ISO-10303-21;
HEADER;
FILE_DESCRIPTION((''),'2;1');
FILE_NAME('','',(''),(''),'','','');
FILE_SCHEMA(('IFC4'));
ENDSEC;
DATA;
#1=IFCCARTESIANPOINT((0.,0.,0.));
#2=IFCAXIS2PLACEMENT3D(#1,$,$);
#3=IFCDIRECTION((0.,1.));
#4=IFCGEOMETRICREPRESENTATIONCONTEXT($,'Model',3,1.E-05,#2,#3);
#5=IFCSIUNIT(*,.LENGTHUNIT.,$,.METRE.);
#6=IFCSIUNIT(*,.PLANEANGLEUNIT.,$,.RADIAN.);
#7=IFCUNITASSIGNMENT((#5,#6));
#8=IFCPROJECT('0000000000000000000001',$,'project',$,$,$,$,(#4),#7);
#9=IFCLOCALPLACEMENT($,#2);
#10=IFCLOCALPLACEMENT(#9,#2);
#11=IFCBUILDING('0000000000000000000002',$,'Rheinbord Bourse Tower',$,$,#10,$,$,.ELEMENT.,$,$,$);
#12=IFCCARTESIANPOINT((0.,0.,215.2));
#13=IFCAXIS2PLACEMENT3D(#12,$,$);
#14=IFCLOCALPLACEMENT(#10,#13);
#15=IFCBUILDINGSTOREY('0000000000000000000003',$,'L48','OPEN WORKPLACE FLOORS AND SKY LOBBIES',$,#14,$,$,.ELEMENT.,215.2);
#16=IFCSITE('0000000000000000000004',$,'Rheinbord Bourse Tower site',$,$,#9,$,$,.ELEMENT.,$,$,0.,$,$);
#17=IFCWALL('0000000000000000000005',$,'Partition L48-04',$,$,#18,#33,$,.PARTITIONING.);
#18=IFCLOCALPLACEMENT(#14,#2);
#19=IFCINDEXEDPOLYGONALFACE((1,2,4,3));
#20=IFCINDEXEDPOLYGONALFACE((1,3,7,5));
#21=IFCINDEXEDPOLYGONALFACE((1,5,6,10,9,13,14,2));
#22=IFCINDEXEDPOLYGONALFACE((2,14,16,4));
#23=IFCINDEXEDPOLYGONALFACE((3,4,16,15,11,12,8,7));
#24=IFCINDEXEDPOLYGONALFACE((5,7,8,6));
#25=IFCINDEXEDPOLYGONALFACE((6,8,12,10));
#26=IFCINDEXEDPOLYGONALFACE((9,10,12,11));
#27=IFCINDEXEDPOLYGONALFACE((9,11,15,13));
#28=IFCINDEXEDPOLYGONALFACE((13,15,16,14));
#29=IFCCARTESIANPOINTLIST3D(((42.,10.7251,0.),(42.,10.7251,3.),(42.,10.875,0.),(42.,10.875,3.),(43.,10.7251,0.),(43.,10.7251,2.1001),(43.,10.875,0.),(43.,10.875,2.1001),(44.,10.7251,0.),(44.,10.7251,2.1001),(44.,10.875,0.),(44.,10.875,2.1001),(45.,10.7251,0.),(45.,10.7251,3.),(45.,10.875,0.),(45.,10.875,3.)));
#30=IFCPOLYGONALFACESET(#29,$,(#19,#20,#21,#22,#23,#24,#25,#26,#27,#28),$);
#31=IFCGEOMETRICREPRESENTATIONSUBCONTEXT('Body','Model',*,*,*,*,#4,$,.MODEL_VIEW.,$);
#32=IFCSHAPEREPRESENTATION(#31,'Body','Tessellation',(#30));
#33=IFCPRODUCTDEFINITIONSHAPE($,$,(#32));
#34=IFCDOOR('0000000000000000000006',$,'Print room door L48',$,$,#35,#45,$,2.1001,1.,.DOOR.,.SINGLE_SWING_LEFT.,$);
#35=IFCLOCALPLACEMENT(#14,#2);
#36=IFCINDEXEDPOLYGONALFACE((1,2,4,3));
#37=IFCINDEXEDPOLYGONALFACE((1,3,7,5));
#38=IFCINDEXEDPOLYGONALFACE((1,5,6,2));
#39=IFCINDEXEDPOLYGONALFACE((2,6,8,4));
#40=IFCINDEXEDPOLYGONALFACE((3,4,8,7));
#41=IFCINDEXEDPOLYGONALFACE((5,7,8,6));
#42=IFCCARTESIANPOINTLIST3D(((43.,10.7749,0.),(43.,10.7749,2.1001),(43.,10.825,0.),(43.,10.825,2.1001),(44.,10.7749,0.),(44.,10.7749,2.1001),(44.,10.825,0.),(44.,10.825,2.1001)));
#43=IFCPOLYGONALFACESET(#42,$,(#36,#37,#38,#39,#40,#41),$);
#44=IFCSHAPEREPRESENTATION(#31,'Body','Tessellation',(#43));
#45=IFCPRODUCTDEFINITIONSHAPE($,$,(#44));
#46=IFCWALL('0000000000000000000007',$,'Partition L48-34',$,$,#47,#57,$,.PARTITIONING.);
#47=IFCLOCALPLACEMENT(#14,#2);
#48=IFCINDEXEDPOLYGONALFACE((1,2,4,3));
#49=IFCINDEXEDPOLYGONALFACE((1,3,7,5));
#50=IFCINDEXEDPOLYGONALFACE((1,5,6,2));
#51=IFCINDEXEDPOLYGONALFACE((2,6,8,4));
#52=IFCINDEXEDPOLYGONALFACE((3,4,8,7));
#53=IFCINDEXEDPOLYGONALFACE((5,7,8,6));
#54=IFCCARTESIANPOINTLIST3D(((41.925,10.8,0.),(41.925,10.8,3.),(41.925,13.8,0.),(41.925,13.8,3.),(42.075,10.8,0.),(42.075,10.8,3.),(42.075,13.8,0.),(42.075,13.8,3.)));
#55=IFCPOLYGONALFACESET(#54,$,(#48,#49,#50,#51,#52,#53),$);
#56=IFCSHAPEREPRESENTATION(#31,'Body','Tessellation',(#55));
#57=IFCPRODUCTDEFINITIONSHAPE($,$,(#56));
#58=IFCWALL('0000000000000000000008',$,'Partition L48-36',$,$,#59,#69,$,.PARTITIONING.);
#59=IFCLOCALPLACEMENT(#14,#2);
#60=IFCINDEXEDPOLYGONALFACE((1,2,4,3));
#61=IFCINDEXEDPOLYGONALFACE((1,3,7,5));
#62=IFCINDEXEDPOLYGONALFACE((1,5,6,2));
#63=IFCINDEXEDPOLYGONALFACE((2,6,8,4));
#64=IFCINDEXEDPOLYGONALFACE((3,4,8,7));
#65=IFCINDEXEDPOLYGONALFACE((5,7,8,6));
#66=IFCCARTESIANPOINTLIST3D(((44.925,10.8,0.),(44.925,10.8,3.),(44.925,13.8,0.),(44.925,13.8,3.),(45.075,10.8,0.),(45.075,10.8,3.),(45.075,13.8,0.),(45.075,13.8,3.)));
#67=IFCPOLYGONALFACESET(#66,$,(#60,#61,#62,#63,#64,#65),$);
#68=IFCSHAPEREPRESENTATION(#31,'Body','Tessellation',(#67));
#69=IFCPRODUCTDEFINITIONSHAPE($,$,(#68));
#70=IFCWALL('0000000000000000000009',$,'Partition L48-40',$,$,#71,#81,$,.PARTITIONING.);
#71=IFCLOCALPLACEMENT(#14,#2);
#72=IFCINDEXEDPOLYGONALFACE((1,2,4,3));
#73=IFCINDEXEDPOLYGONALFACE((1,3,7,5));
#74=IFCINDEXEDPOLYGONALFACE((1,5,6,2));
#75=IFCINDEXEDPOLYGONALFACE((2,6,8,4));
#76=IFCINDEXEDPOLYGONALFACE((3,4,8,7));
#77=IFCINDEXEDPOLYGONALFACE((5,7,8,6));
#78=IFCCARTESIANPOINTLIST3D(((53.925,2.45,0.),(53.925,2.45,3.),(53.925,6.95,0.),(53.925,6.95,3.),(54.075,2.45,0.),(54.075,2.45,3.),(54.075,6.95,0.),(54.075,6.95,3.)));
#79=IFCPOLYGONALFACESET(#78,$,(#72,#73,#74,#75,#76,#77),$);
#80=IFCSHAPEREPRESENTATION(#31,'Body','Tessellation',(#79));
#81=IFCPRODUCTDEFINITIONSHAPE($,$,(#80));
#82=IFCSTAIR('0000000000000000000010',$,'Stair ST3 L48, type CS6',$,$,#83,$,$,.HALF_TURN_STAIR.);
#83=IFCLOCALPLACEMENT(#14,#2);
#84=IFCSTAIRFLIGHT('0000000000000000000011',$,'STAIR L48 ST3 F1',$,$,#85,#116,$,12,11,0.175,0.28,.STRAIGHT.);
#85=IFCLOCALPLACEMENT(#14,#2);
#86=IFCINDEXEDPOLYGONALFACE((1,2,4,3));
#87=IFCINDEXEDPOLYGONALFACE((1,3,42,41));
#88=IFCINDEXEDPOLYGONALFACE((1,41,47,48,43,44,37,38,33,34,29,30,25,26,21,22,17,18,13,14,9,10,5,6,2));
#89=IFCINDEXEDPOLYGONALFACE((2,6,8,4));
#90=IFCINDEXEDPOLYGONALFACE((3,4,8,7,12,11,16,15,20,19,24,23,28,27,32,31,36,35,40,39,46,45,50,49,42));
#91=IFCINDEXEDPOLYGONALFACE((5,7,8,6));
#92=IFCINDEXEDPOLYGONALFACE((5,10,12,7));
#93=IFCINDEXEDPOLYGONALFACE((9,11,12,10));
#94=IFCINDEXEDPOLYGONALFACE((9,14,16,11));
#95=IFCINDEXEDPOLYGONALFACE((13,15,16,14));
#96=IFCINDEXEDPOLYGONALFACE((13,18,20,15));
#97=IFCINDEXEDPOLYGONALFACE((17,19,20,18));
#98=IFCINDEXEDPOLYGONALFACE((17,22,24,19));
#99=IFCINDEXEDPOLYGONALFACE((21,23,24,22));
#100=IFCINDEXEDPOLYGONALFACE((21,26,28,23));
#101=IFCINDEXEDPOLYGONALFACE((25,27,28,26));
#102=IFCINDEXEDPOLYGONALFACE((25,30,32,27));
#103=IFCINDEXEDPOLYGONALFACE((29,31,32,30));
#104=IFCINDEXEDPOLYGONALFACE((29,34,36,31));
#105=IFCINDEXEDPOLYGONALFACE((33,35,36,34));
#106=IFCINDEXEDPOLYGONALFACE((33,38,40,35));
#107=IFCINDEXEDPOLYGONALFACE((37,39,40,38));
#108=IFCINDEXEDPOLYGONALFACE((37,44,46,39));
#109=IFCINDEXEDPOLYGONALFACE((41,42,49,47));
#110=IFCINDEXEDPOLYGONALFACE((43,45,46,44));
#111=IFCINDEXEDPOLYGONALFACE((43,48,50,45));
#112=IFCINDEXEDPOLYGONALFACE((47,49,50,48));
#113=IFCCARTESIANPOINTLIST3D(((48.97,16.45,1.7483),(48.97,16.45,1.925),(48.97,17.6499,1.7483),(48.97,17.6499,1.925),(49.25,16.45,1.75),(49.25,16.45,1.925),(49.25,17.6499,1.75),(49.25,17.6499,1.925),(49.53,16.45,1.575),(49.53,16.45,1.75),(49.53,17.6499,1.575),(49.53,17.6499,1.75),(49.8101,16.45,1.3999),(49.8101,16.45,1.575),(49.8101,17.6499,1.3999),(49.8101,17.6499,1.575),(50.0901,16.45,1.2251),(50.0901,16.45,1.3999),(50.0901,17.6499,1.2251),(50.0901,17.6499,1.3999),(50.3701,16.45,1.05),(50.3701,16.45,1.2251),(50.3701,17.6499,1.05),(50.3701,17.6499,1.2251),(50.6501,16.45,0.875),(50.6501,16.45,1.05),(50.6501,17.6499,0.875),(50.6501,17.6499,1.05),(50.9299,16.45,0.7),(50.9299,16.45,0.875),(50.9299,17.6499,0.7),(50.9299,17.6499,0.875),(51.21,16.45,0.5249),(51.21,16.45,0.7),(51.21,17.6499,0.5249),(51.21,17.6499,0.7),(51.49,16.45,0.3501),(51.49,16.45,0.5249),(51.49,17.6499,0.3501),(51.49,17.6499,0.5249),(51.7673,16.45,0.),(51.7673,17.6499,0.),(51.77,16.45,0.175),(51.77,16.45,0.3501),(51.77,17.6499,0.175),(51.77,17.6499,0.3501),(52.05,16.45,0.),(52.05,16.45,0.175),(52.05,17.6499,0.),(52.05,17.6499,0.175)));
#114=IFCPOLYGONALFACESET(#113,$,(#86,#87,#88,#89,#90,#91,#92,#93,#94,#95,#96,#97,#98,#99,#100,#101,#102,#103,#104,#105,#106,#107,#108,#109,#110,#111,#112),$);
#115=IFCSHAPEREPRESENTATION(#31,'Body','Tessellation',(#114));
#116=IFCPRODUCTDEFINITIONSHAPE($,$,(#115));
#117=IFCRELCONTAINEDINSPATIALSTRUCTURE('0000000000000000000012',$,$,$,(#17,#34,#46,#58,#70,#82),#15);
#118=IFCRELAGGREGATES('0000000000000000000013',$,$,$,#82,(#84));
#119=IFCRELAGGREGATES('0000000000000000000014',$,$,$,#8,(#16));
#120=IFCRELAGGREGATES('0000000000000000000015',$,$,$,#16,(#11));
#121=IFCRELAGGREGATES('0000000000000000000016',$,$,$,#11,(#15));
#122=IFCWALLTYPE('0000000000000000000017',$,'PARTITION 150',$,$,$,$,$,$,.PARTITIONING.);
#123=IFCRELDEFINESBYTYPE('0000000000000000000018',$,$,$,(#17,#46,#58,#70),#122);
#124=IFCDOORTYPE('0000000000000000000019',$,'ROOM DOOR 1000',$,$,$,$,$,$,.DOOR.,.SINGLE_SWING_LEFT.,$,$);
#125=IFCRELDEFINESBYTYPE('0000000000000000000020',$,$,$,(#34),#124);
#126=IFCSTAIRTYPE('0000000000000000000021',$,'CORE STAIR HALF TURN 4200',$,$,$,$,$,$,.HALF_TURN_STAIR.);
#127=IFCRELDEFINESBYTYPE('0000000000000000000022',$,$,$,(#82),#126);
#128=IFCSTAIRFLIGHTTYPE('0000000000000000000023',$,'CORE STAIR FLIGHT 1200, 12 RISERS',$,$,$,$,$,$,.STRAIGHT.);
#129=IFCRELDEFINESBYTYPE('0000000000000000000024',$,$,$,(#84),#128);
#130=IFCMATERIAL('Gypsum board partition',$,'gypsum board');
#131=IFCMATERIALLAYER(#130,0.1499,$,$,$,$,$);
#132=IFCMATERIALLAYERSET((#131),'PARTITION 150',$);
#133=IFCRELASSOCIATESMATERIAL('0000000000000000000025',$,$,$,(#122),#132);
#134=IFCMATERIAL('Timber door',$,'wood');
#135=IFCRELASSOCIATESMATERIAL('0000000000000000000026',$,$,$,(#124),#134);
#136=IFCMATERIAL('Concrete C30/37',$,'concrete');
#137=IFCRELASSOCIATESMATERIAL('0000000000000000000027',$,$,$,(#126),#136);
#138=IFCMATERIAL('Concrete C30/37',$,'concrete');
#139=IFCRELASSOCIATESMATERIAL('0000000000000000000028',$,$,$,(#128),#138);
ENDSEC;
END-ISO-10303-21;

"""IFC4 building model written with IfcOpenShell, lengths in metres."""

from ifc_helpers import new_model, si_unit, direction, frame, frame_2d, origin, place, context, subcontext, project, spatial, polyline, rectangle, outline, extrude, material, layer, layer_set, type_object, element, fill, aggregate, save


model = new_model("IFC4")

# Units and contexts
model_context = context("Model", 3, precision=1e-05, world=origin(), true_north=direction((0.0, 1.0)))
body_context = subcontext(model_context, "Body", "Model", "MODEL_VIEW")
ifc_project = project(units=[si_unit("LENGTHUNIT", "METRE"), si_unit("PLANEANGLEUNIT", "RADIAN")], contexts=[model_context])

# Site, building, storey
site_placement = place(None, origin())
site = spatial("IfcSite", under=ifc_project, at=site_placement, Name="Rheinbord Bourse Tower site", CompositionType="ELEMENT", RefElevation=0.0)
building_placement = place(site_placement, origin())
building = spatial("IfcBuilding", under=site, at=building_placement, Name="Rheinbord Bourse Tower", CompositionType="ELEMENT")
storey_placement = place(building_placement, frame((0.0, 0.0, 215.2)))
storey = spatial("IfcBuildingStorey", under=building, at=storey_placement, Name="L48", Description="OPEN WORKPLACE FLOORS AND SKY LOBBIES", CompositionType="ELEMENT", Elevation=215.2)

# Wall, opening, door
ifc_material_1 = material(Name="Gypsum board partition", Category="gypsum board")
ifc_layer_1 = layer(ifc_material_1, 0.1499)
ifc_layer_set_1 = layer_set([ifc_layer_1], Name="PARTITION 150")
wall_type_1 = type_object("IfcWallType", Name="PARTITION 150", PredefinedType="PARTITIONING", material=ifc_layer_set_1)
wall_1_placement = place(storey_placement, frame((42.0, 10.8, 0.0), z_axis=(0.0, 0.0, 1.0), x_axis=(1.0, 0.0, 0.0)))
wall_1 = element("IfcWall", 1, at=wall_1_placement, inside=storey, type_object=wall_type_1, Name="Partition L48-04", PredefinedType="PARTITIONING", context=body_context, shape_type="SweptSolid", body=[
    extrude(rectangle(XDim=3.0, YDim=0.1499, at=frame_2d((1.5, 0.0))), origin(), (0.0, 0.0, 1.0), 3.0),
])
opening_1_placement = place(wall_1_placement, frame((1.0, 0.0, 0.0)))
opening_1 = element("IfcOpeningElement", 2, at=opening_1_placement, cuts=wall_1, PredefinedType="OPENING", context=body_context, shape_type="SweptSolid", body=[
    extrude(rectangle(XDim=1.0, YDim=2.1001, at=frame_2d((0.5, 1.05))), frame((0.0, 0.085, 0.0), z_axis=(0.0, -1.0, 0.0), x_axis=(1.0, 0.0, 0.0)), (0.0, 0.0, 1.0), 0.1699),
])
ifc_material_2 = material(Name="Timber door", Category="wood")
door_type_1 = type_object("IfcDoorType", Name="ROOM DOOR 1000", OperationType="SINGLE_SWING_LEFT", PredefinedType="DOOR", material=ifc_material_2)
door_1_placement = place(opening_1_placement, origin())
door_1 = element("IfcDoor", 3, at=door_1_placement, inside=storey, type_object=door_type_1, Name="Print room door L48", OperationType="SINGLE_SWING_LEFT", OverallHeight=2.1001, OverallWidth=1.0, PredefinedType="DOOR", context=body_context, shape_type="SweptSolid", body=[
    extrude(rectangle(XDim=1.0, YDim=2.1001, at=frame_2d((0.5, 1.05))), frame((0.0, 0.0249, 0.0), z_axis=(0.0, -1.0, 0.0), x_axis=(1.0, 0.0, 0.0)), (0.0, 0.0, 1.0), 0.05),
])
fill(opening_1, door_1)

# Walls
for number, where, z_axis, x_axis, name in (
    (4, (42.0, 10.8, 0.0), (0.0, 0.0, 1.0), (0.0, 1.0, 0.0), "Partition L48-34"),
    (5, (45.0, 10.8, 0.0), (0.0, 0.0, 1.0), (0.0, 1.0, 0.0), "Partition L48-36"),
):
    element("IfcWall", number, at=place(storey_placement, frame(where, z_axis=z_axis, x_axis=x_axis)), inside=storey, type_object=wall_type_1, Name=name, PredefinedType="PARTITIONING", context=body_context, shape_type="SweptSolid", body=[
        extrude(rectangle(XDim=3.0, YDim=0.1499, at=frame_2d((1.5, 0.0))), origin(), (0.0, 0.0, 1.0), 3.0),
    ])
wall_2_placement = place(storey_placement, frame((54.0, 2.45, 0.0), z_axis=(0.0, 0.0, 1.0), x_axis=(0.0, 1.0, 0.0)))
element("IfcWall", 6, at=wall_2_placement, inside=storey, type_object=wall_type_1, Name="Partition L48-40", PredefinedType="PARTITIONING", context=body_context, shape_type="SweptSolid", body=[
    extrude(rectangle(XDim=4.5, YDim=0.1499, at=frame_2d((2.25, 0.0))), origin(), (0.0, 0.0, 1.0), 3.0),
])

# Stair, stair flight
ifc_material_3 = material(Name="Concrete C30/37", Category="concrete")
stair_type = type_object("IfcStairType", Name="CORE STAIR HALF TURN 4200", PredefinedType="HALF_TURN_STAIR", material=ifc_material_3)
stair_placement = place(storey_placement, origin())
stair = element("IfcStair", 7, at=stair_placement, inside=storey, type_object=stair_type, Name="Stair ST3 L48, type CS6", PredefinedType="HALF_TURN_STAIR")
ifc_material_4 = material(Name="Concrete C30/37", Category="concrete")
stair_flight_type = type_object("IfcStairFlightType", Name="CORE STAIR FLIGHT 1200, 12 RISERS", PredefinedType="STRAIGHT", material=ifc_material_4)
stair_flight_placement = place(storey_placement, frame((52.05, 17.05, 0.0), z_axis=(0.0, 0.0, 1.0), x_axis=(-1.0, 0.0, 0.0)))
stair_flight = element("IfcStairFlight", 8, at=stair_flight_placement, type_object=stair_flight_type, Name="STAIR L48 ST3 F1", NumberOfRisers=12, NumberOfTreads=11, PredefinedType="STRAIGHT", RiserHeight=0.175, TreadLength=0.28, context=body_context, shape_type="SweptSolid", body=[
    extrude(outline(polyline([(0.0, 0.0), (0.0, 0.175), (0.28, 0.175), (0.28, 0.3501), (0.5601, 0.3501), (0.5601, 0.5249), (0.8401, 0.5249), (0.8401, 0.7), (1.1201, 0.7), (1.1201, 0.875), (1.3999, 0.875), (1.3999, 1.05), (1.6799, 1.05), (1.6799, 1.2251), (1.96, 1.2251), (1.96, 1.3999), (2.24, 1.3999), (2.24, 1.575), (2.52, 1.575), (2.52, 1.75), (2.8, 1.75), (2.8, 1.925), (3.0801, 1.925), (3.0801, 2.1001), (3.0801, 1.7483), (0.2827, 0.0), (0.0, 0.0)])), frame((0.0, 0.6001, 0.0), z_axis=(0.0, -1.0, 0.0), x_axis=(1.0, 0.0, 0.0)), (0.0, 0.0, 1.0), 1.2),
])
aggregate(stair, [stair_flight])

save(model, "model.ifc")
